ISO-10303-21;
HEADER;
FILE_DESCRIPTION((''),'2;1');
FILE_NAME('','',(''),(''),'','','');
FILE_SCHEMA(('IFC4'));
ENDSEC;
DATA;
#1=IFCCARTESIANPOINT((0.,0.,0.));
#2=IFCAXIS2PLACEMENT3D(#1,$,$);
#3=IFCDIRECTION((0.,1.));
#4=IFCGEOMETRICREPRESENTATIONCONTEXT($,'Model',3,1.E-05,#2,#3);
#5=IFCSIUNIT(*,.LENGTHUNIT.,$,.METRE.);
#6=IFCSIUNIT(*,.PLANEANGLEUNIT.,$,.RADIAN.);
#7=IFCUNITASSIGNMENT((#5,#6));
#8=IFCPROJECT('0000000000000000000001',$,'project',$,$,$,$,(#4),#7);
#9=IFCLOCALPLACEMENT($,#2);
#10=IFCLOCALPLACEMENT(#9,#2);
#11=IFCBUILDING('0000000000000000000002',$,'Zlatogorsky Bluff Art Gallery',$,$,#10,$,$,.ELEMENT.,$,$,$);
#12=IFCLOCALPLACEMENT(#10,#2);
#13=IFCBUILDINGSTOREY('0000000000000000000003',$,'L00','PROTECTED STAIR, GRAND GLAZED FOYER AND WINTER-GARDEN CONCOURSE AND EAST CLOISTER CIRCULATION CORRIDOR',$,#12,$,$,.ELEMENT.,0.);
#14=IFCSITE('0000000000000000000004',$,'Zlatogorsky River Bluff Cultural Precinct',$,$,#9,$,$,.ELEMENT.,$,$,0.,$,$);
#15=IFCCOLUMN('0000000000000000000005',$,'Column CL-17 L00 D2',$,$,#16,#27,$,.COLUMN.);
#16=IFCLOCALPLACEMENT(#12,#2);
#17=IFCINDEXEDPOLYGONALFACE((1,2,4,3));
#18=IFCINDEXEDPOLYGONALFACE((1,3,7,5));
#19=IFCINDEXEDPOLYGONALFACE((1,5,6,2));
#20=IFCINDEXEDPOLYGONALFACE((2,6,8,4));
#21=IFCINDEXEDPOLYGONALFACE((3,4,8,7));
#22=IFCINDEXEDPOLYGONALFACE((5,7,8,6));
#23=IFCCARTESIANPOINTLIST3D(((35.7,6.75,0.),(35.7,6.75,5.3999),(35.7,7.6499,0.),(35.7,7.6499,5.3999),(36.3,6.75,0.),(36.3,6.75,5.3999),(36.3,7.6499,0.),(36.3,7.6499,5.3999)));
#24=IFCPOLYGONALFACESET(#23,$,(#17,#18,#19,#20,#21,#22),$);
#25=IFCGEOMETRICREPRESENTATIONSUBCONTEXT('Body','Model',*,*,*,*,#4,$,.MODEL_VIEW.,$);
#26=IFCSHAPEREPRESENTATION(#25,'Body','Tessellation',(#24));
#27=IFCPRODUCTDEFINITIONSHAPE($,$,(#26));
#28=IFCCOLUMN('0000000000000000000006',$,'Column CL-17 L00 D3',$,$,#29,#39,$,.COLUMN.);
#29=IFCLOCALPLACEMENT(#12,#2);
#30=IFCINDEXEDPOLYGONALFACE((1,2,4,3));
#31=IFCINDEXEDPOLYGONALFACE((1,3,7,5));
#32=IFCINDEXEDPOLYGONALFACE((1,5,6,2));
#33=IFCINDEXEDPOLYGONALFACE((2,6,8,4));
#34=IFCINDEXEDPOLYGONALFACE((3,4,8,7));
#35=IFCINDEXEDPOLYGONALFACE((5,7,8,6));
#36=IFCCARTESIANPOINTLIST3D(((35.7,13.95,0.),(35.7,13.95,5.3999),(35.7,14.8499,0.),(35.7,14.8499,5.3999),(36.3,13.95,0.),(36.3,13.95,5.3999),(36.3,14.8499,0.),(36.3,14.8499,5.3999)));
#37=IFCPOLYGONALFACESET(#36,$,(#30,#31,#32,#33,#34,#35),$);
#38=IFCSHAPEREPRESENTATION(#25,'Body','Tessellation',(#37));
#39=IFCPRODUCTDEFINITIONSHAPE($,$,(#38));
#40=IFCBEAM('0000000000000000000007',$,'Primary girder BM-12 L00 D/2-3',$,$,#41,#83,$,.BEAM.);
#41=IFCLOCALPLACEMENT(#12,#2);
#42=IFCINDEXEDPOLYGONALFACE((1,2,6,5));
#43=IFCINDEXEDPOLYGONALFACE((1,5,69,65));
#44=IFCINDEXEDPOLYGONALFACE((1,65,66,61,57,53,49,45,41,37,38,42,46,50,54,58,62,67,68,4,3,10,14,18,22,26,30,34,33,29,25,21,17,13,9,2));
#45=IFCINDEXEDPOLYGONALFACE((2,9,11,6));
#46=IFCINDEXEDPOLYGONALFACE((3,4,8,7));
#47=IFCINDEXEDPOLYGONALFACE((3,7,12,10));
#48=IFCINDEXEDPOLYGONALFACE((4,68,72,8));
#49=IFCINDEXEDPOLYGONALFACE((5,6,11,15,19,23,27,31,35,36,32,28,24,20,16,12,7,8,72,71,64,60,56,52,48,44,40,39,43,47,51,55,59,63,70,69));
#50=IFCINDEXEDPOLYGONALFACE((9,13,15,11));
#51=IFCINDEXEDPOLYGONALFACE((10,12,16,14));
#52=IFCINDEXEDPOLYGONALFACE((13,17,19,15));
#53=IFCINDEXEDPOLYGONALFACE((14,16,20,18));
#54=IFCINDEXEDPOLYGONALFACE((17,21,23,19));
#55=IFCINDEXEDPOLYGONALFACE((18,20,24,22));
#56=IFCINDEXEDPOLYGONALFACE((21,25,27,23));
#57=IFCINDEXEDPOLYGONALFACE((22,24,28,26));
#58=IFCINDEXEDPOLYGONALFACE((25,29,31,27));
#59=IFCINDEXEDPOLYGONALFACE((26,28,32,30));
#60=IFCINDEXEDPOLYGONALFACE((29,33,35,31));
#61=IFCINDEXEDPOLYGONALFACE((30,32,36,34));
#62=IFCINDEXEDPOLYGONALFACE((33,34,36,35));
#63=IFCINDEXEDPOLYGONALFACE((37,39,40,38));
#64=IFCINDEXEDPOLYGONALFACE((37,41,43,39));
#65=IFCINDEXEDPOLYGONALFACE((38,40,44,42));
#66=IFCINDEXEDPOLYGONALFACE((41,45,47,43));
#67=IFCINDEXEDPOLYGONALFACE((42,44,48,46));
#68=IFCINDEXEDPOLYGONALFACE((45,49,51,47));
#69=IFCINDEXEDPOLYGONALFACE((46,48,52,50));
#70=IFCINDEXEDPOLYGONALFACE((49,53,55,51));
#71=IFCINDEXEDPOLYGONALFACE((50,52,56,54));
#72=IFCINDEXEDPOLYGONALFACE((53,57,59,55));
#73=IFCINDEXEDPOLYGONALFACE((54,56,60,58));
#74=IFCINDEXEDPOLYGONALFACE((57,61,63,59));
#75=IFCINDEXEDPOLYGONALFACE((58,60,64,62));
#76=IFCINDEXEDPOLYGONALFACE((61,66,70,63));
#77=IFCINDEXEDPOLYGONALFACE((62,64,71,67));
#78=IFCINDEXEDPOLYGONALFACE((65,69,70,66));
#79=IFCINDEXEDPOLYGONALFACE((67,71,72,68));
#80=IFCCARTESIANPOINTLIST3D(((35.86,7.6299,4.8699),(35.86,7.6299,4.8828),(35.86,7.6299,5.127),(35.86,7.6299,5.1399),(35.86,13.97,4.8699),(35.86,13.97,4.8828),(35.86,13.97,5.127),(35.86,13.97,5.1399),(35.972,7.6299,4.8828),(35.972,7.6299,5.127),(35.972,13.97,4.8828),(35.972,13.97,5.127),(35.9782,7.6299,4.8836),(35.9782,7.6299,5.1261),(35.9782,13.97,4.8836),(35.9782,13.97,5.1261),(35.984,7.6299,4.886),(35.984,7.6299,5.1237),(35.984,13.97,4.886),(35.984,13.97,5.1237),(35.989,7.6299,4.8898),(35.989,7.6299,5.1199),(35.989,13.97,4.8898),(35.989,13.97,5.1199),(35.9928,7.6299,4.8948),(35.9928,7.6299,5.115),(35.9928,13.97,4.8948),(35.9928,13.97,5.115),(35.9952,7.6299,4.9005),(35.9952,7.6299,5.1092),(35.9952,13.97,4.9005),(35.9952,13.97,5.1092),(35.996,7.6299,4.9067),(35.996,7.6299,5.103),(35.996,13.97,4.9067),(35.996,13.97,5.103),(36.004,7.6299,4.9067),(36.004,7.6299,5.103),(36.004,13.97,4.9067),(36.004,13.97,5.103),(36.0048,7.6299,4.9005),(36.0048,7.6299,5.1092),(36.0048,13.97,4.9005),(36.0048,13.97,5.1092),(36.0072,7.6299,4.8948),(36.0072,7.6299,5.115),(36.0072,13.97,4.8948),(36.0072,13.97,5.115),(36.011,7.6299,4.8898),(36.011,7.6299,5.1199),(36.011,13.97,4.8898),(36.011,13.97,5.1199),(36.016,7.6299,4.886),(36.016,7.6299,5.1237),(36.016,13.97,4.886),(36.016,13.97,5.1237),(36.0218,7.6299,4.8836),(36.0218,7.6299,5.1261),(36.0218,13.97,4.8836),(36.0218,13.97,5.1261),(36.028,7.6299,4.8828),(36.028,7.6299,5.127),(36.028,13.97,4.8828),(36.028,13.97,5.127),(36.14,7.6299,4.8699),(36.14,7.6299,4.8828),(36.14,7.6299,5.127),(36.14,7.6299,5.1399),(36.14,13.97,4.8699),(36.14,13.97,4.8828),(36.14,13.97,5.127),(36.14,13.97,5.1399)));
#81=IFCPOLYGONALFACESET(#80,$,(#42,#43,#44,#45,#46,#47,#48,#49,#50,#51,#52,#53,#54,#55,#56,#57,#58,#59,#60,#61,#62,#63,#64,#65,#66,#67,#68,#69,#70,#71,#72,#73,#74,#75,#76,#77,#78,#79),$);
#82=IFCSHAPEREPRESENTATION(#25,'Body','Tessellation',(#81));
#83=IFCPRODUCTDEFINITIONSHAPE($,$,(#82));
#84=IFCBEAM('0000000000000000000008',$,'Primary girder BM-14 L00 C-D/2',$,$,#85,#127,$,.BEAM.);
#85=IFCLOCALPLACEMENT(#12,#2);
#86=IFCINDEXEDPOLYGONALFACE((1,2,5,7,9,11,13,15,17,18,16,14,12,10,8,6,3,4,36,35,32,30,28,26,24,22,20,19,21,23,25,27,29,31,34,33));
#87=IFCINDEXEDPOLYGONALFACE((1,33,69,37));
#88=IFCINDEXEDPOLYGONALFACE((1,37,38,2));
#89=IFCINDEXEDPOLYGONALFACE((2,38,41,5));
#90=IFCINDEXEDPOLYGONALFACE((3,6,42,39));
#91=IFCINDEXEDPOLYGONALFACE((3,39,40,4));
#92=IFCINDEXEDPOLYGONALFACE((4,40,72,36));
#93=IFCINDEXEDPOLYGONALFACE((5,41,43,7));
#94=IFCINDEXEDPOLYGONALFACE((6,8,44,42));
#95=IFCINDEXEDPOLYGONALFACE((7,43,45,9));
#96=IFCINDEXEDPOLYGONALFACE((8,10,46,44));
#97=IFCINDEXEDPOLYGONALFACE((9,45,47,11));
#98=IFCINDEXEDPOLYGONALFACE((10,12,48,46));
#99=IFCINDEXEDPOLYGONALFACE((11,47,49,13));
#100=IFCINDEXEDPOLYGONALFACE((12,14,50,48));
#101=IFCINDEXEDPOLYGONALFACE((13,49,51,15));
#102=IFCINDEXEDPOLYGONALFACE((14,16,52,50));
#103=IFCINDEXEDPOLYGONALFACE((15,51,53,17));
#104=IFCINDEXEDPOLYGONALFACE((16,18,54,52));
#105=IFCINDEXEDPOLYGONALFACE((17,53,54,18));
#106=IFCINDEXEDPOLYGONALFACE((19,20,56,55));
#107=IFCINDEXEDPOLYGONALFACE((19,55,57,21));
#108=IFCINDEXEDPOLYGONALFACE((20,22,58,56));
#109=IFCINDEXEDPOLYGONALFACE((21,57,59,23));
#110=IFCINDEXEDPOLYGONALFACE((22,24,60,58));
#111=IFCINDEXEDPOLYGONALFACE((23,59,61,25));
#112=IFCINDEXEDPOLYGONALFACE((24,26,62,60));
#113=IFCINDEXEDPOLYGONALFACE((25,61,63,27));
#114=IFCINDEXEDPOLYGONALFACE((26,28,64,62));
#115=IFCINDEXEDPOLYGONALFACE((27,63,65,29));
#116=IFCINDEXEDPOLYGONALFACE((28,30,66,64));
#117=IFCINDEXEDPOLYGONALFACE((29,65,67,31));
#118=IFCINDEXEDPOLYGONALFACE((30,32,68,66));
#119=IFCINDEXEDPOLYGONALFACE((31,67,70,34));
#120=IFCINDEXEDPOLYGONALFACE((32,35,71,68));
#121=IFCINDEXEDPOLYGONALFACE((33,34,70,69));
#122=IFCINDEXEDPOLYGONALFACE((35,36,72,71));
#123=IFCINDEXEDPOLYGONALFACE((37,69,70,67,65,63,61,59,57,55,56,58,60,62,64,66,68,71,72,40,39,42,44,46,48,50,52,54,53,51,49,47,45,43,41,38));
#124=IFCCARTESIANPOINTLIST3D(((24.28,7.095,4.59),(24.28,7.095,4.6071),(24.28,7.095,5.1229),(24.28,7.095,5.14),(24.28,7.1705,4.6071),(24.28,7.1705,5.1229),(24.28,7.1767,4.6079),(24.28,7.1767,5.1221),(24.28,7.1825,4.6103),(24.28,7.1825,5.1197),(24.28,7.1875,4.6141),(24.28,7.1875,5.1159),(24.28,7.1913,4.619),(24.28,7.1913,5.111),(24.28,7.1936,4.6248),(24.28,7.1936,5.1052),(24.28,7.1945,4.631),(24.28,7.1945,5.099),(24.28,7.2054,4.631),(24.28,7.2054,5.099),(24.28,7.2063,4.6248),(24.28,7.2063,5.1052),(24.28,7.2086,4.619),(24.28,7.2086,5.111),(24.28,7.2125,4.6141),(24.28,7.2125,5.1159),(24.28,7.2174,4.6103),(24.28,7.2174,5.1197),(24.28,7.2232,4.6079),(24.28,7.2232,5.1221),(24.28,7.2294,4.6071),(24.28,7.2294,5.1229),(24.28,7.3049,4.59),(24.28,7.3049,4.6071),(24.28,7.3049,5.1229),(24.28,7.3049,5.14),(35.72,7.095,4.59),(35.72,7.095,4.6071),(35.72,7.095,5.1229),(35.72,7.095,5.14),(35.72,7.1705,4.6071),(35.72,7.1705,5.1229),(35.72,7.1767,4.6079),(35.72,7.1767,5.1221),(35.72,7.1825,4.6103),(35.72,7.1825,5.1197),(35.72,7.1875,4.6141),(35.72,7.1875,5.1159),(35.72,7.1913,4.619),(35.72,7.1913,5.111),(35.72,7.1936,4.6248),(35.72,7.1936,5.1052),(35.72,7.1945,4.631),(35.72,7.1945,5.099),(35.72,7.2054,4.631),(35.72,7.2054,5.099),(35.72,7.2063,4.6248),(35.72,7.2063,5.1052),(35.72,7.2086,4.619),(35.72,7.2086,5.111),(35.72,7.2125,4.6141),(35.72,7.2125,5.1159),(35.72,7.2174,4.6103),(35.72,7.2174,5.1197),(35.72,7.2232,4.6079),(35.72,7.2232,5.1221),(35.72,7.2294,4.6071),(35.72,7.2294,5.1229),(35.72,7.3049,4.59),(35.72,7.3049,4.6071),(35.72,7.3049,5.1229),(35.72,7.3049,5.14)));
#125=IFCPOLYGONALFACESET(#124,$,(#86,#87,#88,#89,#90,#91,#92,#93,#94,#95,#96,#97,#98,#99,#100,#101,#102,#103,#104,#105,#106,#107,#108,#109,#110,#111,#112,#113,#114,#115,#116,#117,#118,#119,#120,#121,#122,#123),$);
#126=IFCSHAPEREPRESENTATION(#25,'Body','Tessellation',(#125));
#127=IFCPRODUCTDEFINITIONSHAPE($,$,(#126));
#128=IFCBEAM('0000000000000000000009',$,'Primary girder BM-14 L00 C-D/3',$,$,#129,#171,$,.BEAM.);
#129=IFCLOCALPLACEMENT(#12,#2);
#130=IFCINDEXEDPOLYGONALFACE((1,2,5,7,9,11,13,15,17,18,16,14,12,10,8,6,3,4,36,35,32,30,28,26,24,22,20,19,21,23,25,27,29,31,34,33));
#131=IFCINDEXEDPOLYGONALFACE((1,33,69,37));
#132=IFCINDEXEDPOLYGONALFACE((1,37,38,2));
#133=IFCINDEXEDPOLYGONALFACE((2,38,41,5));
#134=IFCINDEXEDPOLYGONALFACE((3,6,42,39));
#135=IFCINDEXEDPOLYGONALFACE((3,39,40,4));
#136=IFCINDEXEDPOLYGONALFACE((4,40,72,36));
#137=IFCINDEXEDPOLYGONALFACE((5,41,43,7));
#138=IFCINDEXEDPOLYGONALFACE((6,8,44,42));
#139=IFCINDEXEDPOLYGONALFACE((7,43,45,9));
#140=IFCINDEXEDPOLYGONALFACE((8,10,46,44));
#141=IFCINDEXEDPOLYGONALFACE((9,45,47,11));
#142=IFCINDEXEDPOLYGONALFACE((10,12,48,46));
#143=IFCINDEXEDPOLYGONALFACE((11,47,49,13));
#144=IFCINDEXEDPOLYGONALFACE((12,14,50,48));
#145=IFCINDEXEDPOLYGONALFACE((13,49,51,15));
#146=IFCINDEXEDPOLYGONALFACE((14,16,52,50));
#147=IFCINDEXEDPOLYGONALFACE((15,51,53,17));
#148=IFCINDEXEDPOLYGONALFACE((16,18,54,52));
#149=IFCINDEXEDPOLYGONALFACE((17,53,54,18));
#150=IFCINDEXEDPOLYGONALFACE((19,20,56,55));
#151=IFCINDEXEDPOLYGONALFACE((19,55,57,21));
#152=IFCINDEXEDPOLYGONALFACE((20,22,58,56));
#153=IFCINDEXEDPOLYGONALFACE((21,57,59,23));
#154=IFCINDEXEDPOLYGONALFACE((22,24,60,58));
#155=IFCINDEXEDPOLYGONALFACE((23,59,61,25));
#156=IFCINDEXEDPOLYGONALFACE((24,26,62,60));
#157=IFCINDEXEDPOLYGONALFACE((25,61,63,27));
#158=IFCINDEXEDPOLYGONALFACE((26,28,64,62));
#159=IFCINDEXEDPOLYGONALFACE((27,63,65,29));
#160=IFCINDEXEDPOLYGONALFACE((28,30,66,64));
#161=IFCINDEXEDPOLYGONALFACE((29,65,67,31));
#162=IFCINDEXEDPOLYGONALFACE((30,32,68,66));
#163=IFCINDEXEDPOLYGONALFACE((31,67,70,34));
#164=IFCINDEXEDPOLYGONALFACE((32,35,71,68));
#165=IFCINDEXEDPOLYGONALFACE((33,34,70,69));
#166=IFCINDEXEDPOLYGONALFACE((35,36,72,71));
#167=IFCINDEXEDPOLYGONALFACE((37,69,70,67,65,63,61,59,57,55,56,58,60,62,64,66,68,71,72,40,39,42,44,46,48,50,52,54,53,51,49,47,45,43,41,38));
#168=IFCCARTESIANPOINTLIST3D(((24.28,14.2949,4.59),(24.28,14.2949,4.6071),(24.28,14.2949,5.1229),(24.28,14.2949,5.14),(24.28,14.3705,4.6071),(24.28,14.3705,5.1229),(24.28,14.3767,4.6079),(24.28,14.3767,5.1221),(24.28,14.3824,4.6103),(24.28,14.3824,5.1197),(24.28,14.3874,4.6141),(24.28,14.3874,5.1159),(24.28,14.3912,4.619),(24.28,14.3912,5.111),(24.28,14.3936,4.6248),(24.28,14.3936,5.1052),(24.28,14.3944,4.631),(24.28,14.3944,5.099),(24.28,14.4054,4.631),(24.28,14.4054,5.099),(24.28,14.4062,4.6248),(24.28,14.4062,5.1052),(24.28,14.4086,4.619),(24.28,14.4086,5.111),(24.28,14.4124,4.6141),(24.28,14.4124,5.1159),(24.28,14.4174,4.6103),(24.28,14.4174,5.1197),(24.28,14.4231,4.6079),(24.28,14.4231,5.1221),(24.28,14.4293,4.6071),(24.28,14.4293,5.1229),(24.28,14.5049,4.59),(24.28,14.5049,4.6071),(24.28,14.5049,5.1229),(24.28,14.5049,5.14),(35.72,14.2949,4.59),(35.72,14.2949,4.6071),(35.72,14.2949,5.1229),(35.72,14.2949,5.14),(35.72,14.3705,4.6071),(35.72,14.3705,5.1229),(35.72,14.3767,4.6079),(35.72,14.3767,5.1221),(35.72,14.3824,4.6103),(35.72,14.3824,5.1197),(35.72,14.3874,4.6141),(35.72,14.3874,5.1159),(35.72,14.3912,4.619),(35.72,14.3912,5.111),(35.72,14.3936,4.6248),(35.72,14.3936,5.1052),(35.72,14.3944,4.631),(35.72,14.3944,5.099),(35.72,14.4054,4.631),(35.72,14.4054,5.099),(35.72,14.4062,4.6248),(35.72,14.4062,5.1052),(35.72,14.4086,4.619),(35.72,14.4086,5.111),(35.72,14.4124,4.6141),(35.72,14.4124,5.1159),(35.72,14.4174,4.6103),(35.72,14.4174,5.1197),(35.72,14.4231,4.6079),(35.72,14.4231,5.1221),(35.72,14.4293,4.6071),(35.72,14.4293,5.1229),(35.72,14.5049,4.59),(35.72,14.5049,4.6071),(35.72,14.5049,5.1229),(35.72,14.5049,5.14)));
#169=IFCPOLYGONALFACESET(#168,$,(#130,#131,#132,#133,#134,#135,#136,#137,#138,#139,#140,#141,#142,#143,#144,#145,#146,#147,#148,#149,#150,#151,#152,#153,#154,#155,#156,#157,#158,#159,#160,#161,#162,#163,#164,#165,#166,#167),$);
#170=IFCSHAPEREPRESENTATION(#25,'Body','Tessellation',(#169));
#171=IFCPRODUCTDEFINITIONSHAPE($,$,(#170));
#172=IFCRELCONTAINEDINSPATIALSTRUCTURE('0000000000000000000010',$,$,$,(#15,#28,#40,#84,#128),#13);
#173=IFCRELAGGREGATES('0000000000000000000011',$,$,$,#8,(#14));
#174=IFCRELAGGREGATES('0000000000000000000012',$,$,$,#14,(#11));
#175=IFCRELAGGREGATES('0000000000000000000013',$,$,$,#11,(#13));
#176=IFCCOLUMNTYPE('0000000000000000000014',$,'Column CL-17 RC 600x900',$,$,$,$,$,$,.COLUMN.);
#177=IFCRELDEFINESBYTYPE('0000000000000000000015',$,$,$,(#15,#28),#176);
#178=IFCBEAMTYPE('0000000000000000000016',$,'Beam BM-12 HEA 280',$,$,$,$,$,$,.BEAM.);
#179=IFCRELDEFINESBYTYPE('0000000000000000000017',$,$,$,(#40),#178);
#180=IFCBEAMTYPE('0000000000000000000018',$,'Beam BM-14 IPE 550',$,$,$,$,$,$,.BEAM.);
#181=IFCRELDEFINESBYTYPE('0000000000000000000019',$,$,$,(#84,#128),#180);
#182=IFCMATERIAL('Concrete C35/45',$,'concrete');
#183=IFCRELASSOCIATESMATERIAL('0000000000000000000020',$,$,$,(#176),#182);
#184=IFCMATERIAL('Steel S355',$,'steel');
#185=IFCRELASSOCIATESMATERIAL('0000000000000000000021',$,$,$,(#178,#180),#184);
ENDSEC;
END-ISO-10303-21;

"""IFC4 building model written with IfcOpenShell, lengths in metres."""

from ifc_helpers import new_model, si_unit, direction, frame, origin, origin_2d, place, context, subcontext, project, spatial, rectangle, i_section, extrude, material, material_profile, profile_set, type_object, element, save


model = new_model("IFC4")

# Units and contexts
model_context = context("Model", 3, precision=1e-05, world=origin(), true_north=direction((0.0, 1.0)))
body_context = subcontext(model_context, "Body", "Model", "MODEL_VIEW")
ifc_project = project(units=[si_unit("LENGTHUNIT", "METRE"), si_unit("PLANEANGLEUNIT", "RADIAN")], contexts=[model_context])

# Site, building, storey
site_placement = place(None, origin())
site = spatial("IfcSite", under=ifc_project, at=site_placement, Name="Zlatogorsky River Bluff Cultural Precinct", CompositionType="ELEMENT", RefElevation=0.0)
building_placement = place(site_placement, origin())
building = spatial("IfcBuilding", under=site, at=building_placement, Name="Zlatogorsky Bluff Art Gallery", CompositionType="ELEMENT")
storey_placement = place(building_placement, origin())
storey = spatial("IfcBuildingStorey", under=building, at=storey_placement, Name="L00", Description="PROTECTED STAIR, GRAND GLAZED FOYER AND WINTER-GARDEN CONCOURSE AND EAST CLOISTER CIRCULATION CORRIDOR", CompositionType="ELEMENT", Elevation=0.0)

# Columns
ifc_material_1 = material(Name="Concrete C35/45", Category="concrete")
ifc_material_profile_1 = material_profile(ifc_material_1, rectangle(XDim=0.6001, YDim=0.8999, at=origin_2d()), Name="RC 600x900")
ifc_profile_set_1 = profile_set([ifc_material_profile_1], Name="Concrete C35/45")
column_type = type_object("IfcColumnType", Name="Column CL-17 RC 600x900", PredefinedType="COLUMN", material=ifc_profile_set_1)
for number, where, z_axis, x_axis, name in (
    (1, (36.0, 7.2, 0.0), (0.0, 0.0, 1.0), (1.0, 0.0, 0.0), "Column CL-17 L00 D2"),
    (2, (36.0, 14.3999, 0.0), (0.0, 0.0, 1.0), (1.0, 0.0, 0.0), "Column CL-17 L00 D3"),
):
    element("IfcColumn", number, at=place(storey_placement, frame(where, z_axis=z_axis, x_axis=x_axis)), inside=storey, type_object=column_type, Name=name, PredefinedType="COLUMN", context=body_context, shape_type="SweptSolid", body=[
        extrude(rectangle(XDim=0.6001, YDim=0.8999, at=origin_2d()), origin(), (0.0, 0.0, 1.0), 5.3999),
    ])

# Beams
ifc_material_2 = material(Name="Steel S355", Category="steel")
ifc_material_profile_2 = material_profile(ifc_material_2, i_section(OverallWidth=0.28, OverallDepth=0.27, WebThickness=0.0081, FlangeThickness=0.0129, FilletRadius=0.0239, at=origin_2d()), Name="HEA 280")
ifc_profile_set_2 = profile_set([ifc_material_profile_2], Name="Steel S355")
beam_type_1 = type_object("IfcBeamType", Name="Beam BM-12 HEA 280", PredefinedType="BEAM", material=ifc_profile_set_2)
beam_1_placement = place(storey_placement, frame((36.0, 7.6299, 5.0049), z_axis=(0.0, 1.0, 0.0), x_axis=(-1.0, 0.0, 0.0)))
element("IfcBeam", 3, at=beam_1_placement, inside=storey, type_object=beam_type_1, Name="Primary girder BM-12 L00 D/2-3", PredefinedType="BEAM", context=body_context, shape_type="SweptSolid", body=[
    extrude(i_section(OverallWidth=0.28, OverallDepth=0.27, WebThickness=0.0081, FlangeThickness=0.0129, FilletRadius=0.0239, at=origin_2d()), origin(), (0.0, 0.0, 1.0), 6.3401),
])
ifc_material_profile_3 = material_profile(ifc_material_2, i_section(OverallWidth=0.21, OverallDepth=0.55, WebThickness=0.011, FlangeThickness=0.0171, FilletRadius=0.0239, at=origin_2d()), Name="IPE 550")
ifc_profile_set_3 = profile_set([ifc_material_profile_3], Name="Steel S355")
beam_type_2 = type_object("IfcBeamType", Name="Beam BM-14 IPE 550", PredefinedType="BEAM", material=ifc_profile_set_3)
for number, where, z_axis, x_axis, name in (
    (4, (24.28, 7.2, 4.865), (1.0, 0.0, 0.0), (0.0, 1.0, 0.0), "Primary girder BM-14 L00 C-D/2"),
    (5, (24.28, 14.3999, 4.865), (1.0, 0.0, 0.0), (0.0, 1.0, 0.0), "Primary girder BM-14 L00 C-D/3"),
):
    element("IfcBeam", number, at=place(storey_placement, frame(where, z_axis=z_axis, x_axis=x_axis)), inside=storey, type_object=beam_type_2, Name=name, PredefinedType="BEAM", context=body_context, shape_type="SweptSolid", body=[
        extrude(i_section(OverallWidth=0.21, OverallDepth=0.55, WebThickness=0.011, FlangeThickness=0.0171, FilletRadius=0.0239, at=origin_2d()), origin(), (0.0, 0.0, 1.0), 11.4399),
    ])

save(model, "model.ifc")
